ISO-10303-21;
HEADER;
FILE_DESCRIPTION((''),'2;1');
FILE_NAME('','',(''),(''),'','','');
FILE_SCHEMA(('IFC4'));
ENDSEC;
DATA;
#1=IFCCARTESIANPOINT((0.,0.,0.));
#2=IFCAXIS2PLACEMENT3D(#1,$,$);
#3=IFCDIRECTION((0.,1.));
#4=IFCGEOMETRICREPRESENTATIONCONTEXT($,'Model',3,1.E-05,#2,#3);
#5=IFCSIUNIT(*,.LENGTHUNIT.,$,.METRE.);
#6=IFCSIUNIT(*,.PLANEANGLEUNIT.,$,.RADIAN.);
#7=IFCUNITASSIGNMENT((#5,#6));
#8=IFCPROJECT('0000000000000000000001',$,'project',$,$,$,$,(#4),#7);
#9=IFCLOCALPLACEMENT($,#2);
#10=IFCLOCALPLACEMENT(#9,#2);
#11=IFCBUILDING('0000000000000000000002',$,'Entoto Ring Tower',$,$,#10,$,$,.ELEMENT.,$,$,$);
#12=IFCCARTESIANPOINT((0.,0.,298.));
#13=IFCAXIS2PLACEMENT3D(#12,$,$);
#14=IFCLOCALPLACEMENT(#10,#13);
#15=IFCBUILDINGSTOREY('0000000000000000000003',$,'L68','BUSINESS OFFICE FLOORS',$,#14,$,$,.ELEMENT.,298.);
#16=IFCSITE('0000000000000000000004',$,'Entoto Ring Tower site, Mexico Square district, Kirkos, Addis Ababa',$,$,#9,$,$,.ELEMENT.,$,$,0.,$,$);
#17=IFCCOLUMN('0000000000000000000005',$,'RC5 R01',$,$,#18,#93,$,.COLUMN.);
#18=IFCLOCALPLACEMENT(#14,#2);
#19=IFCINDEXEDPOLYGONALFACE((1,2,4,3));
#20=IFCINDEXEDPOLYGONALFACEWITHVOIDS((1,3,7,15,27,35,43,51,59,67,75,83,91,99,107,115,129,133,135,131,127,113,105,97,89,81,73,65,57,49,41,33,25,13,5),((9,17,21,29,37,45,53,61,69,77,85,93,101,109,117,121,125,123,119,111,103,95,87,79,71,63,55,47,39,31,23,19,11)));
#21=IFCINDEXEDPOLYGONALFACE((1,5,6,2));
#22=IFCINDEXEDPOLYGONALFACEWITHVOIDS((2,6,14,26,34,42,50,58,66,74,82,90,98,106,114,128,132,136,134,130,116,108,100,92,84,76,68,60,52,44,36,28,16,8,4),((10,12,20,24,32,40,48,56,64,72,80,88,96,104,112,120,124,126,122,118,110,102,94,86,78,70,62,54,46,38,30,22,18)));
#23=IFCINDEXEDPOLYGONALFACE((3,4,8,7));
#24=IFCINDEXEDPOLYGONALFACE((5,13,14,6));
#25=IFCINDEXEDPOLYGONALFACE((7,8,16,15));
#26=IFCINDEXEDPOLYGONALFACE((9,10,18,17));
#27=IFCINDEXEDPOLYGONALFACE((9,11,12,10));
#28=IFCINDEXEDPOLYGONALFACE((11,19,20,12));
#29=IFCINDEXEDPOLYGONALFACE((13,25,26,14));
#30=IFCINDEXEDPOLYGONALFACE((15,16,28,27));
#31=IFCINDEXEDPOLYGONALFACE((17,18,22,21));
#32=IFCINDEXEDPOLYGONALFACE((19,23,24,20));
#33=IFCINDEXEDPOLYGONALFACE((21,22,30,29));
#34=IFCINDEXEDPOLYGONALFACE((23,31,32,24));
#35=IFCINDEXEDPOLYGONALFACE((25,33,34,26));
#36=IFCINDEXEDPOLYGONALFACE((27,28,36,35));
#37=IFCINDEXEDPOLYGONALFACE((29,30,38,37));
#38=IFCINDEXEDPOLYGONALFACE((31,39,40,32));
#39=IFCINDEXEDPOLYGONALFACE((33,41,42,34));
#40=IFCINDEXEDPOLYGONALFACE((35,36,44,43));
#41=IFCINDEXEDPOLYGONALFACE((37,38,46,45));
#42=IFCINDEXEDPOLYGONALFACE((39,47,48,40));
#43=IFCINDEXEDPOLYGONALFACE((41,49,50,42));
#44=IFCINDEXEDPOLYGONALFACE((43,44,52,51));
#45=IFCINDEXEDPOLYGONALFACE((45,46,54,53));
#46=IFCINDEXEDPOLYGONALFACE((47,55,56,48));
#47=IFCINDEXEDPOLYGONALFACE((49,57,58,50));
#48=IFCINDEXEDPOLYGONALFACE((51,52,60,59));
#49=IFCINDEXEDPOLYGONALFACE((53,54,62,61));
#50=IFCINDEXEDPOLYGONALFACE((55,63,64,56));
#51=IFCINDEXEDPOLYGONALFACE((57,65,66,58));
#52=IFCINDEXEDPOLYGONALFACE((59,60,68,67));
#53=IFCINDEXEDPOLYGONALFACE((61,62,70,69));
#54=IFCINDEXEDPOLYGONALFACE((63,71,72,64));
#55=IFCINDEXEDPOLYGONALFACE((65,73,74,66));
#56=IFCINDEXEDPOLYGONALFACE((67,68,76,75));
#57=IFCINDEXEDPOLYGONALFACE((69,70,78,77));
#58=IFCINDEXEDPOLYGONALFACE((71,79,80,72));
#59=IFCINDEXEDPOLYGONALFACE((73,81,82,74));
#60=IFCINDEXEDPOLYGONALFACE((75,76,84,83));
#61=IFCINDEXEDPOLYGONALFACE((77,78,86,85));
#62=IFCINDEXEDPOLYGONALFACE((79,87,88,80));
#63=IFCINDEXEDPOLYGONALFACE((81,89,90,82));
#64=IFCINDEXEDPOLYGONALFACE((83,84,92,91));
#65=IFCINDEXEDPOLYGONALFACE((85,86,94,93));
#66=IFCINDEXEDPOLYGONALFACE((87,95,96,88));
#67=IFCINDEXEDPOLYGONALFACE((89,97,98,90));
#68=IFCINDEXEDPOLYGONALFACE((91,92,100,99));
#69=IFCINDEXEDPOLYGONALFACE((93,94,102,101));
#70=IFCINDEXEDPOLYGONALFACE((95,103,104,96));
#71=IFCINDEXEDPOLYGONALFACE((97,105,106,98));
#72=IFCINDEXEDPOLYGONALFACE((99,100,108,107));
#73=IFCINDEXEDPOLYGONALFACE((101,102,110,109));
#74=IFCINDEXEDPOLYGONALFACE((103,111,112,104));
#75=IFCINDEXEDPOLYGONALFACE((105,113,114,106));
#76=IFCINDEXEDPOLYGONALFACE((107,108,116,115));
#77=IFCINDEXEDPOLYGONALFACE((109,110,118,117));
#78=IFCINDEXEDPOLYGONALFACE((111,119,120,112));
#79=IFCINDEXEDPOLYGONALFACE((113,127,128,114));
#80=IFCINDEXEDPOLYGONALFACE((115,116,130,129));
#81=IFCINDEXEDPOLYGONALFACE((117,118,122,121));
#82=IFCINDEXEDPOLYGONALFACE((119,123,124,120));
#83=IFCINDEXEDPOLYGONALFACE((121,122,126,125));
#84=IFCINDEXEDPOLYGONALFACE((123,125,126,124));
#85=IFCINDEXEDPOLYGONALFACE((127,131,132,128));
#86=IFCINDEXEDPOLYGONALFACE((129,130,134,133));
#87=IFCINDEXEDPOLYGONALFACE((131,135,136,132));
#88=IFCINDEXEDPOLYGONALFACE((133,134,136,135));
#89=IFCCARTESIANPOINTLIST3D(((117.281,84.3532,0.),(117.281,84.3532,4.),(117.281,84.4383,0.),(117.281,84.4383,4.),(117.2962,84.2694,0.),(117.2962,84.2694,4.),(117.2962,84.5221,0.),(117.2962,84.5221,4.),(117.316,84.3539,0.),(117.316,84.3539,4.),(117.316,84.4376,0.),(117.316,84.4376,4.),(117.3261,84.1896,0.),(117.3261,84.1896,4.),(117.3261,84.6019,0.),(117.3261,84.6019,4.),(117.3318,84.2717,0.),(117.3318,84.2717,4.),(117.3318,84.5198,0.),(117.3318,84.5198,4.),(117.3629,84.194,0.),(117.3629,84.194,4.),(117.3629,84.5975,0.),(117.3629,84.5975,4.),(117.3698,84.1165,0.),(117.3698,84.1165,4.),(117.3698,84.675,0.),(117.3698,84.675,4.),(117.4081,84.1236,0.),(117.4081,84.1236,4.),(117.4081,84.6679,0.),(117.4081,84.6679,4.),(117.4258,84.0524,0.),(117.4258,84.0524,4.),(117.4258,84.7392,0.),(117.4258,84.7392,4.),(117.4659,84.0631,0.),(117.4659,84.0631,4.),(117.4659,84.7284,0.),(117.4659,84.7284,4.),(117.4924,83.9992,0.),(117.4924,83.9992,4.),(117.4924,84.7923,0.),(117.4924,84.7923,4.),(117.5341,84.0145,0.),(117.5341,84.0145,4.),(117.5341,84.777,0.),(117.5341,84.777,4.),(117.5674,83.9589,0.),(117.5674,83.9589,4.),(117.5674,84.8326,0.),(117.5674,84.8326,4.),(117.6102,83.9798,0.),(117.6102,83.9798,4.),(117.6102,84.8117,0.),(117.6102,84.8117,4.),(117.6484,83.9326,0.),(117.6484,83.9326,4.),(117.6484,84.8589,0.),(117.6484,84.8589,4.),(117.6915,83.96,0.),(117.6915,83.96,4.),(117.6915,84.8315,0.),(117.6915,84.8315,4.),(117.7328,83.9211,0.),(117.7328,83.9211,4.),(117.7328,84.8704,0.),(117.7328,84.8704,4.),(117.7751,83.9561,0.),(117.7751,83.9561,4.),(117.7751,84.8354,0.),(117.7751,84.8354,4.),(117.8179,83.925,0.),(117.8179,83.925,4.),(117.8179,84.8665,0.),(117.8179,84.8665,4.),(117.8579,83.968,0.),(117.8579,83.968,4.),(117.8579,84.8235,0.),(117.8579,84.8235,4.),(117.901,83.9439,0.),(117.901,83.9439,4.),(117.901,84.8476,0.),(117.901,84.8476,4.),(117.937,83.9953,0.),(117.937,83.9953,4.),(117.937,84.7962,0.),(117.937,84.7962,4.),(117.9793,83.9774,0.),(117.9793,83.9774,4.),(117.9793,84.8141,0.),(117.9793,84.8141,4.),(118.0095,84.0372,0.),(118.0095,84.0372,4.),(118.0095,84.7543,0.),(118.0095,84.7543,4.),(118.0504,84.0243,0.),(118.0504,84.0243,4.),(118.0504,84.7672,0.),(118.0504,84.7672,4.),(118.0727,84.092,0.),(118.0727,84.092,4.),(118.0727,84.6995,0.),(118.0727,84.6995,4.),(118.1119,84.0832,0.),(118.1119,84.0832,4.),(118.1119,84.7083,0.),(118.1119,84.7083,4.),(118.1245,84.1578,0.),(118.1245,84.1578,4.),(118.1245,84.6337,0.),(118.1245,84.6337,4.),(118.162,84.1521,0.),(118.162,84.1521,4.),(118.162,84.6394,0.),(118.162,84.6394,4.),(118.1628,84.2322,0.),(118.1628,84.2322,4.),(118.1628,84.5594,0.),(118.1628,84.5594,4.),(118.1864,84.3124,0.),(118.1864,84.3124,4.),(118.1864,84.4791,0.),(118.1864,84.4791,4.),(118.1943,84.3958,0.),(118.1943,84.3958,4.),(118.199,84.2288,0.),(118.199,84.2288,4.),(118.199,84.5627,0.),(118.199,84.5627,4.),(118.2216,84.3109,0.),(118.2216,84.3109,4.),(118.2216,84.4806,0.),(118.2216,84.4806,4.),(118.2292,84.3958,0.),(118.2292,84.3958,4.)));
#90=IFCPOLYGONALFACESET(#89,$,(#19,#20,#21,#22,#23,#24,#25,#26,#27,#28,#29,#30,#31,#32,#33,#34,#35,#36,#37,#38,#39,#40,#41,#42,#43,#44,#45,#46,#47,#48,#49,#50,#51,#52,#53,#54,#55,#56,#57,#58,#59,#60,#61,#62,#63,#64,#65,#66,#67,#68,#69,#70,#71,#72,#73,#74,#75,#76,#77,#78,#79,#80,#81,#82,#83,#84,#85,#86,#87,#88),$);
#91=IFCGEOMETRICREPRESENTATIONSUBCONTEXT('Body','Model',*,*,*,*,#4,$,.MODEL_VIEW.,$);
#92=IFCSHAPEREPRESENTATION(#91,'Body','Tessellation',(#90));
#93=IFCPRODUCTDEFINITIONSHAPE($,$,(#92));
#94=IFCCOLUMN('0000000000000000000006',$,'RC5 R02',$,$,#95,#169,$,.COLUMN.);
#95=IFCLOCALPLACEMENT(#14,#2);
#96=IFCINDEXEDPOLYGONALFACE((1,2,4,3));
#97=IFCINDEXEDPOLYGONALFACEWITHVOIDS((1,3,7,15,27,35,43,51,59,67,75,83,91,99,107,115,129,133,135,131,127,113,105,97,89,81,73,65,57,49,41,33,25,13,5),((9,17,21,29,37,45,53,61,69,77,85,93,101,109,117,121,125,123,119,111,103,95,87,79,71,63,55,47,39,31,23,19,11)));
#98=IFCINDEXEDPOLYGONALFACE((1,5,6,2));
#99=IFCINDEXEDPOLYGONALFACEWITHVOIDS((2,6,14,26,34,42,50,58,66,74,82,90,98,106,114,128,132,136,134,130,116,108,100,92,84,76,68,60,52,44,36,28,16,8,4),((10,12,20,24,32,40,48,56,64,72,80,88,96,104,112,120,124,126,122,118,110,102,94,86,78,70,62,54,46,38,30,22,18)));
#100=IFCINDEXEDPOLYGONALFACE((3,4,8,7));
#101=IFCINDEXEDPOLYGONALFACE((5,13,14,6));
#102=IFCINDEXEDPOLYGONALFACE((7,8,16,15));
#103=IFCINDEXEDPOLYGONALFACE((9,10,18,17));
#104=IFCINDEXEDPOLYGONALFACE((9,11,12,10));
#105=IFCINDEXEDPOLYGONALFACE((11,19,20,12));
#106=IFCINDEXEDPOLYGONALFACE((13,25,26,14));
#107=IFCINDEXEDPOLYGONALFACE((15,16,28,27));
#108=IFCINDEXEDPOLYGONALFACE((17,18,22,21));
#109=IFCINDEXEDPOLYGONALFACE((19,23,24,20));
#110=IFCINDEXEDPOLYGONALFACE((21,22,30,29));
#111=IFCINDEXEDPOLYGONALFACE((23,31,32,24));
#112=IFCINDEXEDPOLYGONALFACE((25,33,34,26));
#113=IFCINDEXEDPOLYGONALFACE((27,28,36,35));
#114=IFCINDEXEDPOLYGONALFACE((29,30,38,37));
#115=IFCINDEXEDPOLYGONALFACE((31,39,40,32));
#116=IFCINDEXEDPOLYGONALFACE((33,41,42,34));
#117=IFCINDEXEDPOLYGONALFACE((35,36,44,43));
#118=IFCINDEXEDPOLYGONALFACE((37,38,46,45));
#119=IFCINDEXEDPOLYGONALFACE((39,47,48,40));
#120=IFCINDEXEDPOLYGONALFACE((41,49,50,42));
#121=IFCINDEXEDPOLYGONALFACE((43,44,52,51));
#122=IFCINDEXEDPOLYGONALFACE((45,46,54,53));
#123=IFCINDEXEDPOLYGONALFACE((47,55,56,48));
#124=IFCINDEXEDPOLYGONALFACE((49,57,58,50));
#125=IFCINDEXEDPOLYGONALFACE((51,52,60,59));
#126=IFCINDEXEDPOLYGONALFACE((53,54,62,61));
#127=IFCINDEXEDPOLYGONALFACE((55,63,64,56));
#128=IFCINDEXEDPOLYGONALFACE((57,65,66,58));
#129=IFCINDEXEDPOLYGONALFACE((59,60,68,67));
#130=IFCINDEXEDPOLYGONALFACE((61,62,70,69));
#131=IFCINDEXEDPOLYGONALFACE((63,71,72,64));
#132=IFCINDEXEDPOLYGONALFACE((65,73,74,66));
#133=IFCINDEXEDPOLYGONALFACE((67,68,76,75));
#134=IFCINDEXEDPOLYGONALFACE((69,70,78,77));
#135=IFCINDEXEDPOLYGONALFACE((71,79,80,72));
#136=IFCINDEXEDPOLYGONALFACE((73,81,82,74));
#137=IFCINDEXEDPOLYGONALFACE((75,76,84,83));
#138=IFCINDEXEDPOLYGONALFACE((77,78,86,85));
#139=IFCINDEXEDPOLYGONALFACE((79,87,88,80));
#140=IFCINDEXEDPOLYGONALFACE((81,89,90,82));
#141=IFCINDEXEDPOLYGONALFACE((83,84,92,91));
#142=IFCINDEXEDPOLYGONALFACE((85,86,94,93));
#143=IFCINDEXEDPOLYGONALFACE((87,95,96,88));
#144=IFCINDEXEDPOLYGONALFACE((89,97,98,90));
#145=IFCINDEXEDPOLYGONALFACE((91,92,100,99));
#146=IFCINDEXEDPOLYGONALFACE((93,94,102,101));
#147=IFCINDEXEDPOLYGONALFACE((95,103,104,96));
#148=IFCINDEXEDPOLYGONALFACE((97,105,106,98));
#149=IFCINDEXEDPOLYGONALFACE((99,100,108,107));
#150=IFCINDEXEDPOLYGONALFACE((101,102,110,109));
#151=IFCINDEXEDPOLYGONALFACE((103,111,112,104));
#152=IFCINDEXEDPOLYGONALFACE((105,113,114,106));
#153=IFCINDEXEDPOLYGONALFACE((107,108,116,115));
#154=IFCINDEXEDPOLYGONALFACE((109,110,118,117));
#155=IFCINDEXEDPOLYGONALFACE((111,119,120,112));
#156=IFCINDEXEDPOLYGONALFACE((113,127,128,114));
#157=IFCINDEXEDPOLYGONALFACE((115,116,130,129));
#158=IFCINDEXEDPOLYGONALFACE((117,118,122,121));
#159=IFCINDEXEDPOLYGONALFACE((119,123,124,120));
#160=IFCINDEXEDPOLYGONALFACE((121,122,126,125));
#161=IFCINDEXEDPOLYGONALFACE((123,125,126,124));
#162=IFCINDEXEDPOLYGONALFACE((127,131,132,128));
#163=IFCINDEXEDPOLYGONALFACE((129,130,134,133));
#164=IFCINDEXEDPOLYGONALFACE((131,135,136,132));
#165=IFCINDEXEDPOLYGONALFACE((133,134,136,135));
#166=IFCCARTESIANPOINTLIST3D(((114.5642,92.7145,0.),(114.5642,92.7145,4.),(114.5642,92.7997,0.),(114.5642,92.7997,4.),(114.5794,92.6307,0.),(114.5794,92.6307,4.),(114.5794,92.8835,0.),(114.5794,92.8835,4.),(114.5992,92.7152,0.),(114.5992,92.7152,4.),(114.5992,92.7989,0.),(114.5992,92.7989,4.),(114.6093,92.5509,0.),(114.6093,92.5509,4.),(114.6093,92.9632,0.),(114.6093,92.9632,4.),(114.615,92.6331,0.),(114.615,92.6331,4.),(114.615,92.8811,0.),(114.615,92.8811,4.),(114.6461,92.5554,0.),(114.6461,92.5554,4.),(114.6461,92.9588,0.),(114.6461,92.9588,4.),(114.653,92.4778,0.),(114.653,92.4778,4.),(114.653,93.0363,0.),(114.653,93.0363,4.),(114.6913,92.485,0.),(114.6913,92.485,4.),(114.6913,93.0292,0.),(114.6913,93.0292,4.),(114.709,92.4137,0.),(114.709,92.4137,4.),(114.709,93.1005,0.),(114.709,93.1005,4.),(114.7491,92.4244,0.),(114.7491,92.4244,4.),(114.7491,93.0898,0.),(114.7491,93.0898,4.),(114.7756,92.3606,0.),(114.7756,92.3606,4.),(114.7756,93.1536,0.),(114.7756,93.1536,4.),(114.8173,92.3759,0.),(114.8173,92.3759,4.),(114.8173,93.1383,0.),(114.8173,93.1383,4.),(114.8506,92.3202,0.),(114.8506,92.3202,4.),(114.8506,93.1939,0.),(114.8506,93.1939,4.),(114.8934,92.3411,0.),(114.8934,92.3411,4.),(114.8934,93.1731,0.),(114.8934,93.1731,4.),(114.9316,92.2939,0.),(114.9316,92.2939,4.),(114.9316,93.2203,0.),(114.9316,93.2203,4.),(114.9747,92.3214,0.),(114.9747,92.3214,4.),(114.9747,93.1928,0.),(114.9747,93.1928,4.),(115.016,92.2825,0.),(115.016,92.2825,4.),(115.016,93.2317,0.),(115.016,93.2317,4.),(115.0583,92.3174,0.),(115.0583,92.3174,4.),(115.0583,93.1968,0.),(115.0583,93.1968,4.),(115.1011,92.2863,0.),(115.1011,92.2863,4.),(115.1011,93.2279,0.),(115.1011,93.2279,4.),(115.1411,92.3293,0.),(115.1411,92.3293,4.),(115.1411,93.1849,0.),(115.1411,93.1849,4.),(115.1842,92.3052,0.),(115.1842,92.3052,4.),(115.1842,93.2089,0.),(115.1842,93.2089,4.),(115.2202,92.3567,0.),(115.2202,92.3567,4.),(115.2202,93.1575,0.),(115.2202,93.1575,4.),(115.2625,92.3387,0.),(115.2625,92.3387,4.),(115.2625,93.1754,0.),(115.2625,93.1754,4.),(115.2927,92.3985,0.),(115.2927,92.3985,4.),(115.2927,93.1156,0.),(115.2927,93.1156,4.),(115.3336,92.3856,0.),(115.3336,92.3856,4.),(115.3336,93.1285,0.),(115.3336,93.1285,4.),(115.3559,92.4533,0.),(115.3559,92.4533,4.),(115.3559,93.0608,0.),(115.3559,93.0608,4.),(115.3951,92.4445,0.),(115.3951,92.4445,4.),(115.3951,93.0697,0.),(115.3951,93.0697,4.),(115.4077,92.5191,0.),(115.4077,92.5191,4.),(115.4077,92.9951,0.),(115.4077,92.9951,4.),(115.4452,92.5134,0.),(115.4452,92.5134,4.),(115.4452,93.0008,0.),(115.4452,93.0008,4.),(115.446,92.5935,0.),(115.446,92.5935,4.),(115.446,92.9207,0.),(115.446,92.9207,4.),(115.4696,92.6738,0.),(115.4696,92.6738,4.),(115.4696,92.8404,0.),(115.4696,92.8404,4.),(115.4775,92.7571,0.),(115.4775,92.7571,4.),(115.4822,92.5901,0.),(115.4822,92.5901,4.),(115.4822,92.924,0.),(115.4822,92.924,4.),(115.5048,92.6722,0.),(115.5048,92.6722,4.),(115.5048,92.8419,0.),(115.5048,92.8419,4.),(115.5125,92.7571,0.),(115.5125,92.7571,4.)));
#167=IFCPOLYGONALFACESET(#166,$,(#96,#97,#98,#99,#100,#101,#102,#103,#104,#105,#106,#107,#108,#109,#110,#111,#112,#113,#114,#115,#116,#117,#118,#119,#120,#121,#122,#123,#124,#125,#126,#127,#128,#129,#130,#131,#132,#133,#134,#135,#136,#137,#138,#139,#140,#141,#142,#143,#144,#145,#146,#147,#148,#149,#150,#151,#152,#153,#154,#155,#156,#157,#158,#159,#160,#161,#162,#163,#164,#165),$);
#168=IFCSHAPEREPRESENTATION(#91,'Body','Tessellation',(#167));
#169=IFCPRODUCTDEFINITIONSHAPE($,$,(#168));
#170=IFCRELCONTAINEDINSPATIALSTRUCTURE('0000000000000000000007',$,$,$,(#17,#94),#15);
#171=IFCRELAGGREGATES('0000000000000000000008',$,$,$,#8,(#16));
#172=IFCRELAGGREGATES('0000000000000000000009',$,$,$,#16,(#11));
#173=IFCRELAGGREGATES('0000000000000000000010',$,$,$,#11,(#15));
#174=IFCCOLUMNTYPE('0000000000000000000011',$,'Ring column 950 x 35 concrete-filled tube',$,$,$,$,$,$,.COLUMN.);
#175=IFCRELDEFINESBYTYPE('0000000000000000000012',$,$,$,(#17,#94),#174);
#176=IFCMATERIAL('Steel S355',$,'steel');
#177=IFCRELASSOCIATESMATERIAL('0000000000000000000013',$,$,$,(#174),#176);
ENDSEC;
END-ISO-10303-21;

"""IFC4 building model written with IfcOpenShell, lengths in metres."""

from ifc_helpers import new_model, si_unit, direction, frame, origin, origin_2d, place, context, subcontext, project, spatial, circle, hollow_circle, extrude, material, material_profile, profile_set, type_object, element, save


model = new_model("IFC4")

# Units and contexts
model_context = context("Model", 3, precision=1e-05, world=origin(), true_north=direction((0.0, 1.0)))
body_context = subcontext(model_context, "Body", "Model", "MODEL_VIEW")
ifc_project = project(units=[si_unit("LENGTHUNIT", "METRE"), si_unit("PLANEANGLEUNIT", "RADIAN")], contexts=[model_context])

# Site, building, storey
site_placement = place(None, origin())
site = spatial("IfcSite", under=ifc_project, at=site_placement, Name="Entoto Ring Tower site, Mexico Square district, Kirkos, Addis Ababa", CompositionType="ELEMENT", RefElevation=0.0)
building_placement = place(site_placement, origin())
building = spatial("IfcBuilding", under=site, at=building_placement, Name="Entoto Ring Tower", CompositionType="ELEMENT")
storey_placement = place(building_placement, frame((0.0, 0.0, 298.0)))
storey = spatial("IfcBuildingStorey", under=building, at=storey_placement, Name="L68", Description="BUSINESS OFFICE FLOORS", CompositionType="ELEMENT", Elevation=298.0)

# Columns
ifc_material_1 = material(Name="Steel S355", Category="steel")
ifc_material_profile_1 = material_profile(ifc_material_1, hollow_circle(Radius=0.4751, WallThickness=0.0349, at=origin_2d()), Name="CHS 950 x 35")
ifc_material_2 = material(Name="Concrete C60/75", Category="concrete")
ifc_material_profile_2 = material_profile(ifc_material_2, circle(Radius=0.4399, at=origin_2d()), Name="Concrete C60/75 infill")
ifc_profile_set_1 = profile_set([ifc_material_profile_1, ifc_material_profile_2], Name="Steel S355")
column_type = type_object("IfcColumnType", Name="Ring column 950 x 35 concrete-filled tube", PredefinedType="COLUMN", material=ifc_profile_set_1)
for number, where, z_axis, x_axis, name in (
    (1, (117.7542, 84.3958, 0.0), (0.0, 0.0, 1.0), (1.0, 0.0, 0.0), "RC5 R01"),
    (2, (115.0374, 92.7571, 0.0), (0.0, 0.0, 1.0), (1.0, 0.0, 0.0), "RC5 R02"),
):
    element("IfcColumn", number, at=place(storey_placement, frame(where, z_axis=z_axis, x_axis=x_axis)), inside=storey, type_object=column_type, Name=name, PredefinedType="COLUMN", context=body_context, shape_type="SweptSolid", body=[
        extrude(hollow_circle(Radius=0.4751, WallThickness=0.0349, at=origin_2d()), origin(), (0.0, 0.0, 1.0), 4.0),
    ])

save(model, "model.ifc")
